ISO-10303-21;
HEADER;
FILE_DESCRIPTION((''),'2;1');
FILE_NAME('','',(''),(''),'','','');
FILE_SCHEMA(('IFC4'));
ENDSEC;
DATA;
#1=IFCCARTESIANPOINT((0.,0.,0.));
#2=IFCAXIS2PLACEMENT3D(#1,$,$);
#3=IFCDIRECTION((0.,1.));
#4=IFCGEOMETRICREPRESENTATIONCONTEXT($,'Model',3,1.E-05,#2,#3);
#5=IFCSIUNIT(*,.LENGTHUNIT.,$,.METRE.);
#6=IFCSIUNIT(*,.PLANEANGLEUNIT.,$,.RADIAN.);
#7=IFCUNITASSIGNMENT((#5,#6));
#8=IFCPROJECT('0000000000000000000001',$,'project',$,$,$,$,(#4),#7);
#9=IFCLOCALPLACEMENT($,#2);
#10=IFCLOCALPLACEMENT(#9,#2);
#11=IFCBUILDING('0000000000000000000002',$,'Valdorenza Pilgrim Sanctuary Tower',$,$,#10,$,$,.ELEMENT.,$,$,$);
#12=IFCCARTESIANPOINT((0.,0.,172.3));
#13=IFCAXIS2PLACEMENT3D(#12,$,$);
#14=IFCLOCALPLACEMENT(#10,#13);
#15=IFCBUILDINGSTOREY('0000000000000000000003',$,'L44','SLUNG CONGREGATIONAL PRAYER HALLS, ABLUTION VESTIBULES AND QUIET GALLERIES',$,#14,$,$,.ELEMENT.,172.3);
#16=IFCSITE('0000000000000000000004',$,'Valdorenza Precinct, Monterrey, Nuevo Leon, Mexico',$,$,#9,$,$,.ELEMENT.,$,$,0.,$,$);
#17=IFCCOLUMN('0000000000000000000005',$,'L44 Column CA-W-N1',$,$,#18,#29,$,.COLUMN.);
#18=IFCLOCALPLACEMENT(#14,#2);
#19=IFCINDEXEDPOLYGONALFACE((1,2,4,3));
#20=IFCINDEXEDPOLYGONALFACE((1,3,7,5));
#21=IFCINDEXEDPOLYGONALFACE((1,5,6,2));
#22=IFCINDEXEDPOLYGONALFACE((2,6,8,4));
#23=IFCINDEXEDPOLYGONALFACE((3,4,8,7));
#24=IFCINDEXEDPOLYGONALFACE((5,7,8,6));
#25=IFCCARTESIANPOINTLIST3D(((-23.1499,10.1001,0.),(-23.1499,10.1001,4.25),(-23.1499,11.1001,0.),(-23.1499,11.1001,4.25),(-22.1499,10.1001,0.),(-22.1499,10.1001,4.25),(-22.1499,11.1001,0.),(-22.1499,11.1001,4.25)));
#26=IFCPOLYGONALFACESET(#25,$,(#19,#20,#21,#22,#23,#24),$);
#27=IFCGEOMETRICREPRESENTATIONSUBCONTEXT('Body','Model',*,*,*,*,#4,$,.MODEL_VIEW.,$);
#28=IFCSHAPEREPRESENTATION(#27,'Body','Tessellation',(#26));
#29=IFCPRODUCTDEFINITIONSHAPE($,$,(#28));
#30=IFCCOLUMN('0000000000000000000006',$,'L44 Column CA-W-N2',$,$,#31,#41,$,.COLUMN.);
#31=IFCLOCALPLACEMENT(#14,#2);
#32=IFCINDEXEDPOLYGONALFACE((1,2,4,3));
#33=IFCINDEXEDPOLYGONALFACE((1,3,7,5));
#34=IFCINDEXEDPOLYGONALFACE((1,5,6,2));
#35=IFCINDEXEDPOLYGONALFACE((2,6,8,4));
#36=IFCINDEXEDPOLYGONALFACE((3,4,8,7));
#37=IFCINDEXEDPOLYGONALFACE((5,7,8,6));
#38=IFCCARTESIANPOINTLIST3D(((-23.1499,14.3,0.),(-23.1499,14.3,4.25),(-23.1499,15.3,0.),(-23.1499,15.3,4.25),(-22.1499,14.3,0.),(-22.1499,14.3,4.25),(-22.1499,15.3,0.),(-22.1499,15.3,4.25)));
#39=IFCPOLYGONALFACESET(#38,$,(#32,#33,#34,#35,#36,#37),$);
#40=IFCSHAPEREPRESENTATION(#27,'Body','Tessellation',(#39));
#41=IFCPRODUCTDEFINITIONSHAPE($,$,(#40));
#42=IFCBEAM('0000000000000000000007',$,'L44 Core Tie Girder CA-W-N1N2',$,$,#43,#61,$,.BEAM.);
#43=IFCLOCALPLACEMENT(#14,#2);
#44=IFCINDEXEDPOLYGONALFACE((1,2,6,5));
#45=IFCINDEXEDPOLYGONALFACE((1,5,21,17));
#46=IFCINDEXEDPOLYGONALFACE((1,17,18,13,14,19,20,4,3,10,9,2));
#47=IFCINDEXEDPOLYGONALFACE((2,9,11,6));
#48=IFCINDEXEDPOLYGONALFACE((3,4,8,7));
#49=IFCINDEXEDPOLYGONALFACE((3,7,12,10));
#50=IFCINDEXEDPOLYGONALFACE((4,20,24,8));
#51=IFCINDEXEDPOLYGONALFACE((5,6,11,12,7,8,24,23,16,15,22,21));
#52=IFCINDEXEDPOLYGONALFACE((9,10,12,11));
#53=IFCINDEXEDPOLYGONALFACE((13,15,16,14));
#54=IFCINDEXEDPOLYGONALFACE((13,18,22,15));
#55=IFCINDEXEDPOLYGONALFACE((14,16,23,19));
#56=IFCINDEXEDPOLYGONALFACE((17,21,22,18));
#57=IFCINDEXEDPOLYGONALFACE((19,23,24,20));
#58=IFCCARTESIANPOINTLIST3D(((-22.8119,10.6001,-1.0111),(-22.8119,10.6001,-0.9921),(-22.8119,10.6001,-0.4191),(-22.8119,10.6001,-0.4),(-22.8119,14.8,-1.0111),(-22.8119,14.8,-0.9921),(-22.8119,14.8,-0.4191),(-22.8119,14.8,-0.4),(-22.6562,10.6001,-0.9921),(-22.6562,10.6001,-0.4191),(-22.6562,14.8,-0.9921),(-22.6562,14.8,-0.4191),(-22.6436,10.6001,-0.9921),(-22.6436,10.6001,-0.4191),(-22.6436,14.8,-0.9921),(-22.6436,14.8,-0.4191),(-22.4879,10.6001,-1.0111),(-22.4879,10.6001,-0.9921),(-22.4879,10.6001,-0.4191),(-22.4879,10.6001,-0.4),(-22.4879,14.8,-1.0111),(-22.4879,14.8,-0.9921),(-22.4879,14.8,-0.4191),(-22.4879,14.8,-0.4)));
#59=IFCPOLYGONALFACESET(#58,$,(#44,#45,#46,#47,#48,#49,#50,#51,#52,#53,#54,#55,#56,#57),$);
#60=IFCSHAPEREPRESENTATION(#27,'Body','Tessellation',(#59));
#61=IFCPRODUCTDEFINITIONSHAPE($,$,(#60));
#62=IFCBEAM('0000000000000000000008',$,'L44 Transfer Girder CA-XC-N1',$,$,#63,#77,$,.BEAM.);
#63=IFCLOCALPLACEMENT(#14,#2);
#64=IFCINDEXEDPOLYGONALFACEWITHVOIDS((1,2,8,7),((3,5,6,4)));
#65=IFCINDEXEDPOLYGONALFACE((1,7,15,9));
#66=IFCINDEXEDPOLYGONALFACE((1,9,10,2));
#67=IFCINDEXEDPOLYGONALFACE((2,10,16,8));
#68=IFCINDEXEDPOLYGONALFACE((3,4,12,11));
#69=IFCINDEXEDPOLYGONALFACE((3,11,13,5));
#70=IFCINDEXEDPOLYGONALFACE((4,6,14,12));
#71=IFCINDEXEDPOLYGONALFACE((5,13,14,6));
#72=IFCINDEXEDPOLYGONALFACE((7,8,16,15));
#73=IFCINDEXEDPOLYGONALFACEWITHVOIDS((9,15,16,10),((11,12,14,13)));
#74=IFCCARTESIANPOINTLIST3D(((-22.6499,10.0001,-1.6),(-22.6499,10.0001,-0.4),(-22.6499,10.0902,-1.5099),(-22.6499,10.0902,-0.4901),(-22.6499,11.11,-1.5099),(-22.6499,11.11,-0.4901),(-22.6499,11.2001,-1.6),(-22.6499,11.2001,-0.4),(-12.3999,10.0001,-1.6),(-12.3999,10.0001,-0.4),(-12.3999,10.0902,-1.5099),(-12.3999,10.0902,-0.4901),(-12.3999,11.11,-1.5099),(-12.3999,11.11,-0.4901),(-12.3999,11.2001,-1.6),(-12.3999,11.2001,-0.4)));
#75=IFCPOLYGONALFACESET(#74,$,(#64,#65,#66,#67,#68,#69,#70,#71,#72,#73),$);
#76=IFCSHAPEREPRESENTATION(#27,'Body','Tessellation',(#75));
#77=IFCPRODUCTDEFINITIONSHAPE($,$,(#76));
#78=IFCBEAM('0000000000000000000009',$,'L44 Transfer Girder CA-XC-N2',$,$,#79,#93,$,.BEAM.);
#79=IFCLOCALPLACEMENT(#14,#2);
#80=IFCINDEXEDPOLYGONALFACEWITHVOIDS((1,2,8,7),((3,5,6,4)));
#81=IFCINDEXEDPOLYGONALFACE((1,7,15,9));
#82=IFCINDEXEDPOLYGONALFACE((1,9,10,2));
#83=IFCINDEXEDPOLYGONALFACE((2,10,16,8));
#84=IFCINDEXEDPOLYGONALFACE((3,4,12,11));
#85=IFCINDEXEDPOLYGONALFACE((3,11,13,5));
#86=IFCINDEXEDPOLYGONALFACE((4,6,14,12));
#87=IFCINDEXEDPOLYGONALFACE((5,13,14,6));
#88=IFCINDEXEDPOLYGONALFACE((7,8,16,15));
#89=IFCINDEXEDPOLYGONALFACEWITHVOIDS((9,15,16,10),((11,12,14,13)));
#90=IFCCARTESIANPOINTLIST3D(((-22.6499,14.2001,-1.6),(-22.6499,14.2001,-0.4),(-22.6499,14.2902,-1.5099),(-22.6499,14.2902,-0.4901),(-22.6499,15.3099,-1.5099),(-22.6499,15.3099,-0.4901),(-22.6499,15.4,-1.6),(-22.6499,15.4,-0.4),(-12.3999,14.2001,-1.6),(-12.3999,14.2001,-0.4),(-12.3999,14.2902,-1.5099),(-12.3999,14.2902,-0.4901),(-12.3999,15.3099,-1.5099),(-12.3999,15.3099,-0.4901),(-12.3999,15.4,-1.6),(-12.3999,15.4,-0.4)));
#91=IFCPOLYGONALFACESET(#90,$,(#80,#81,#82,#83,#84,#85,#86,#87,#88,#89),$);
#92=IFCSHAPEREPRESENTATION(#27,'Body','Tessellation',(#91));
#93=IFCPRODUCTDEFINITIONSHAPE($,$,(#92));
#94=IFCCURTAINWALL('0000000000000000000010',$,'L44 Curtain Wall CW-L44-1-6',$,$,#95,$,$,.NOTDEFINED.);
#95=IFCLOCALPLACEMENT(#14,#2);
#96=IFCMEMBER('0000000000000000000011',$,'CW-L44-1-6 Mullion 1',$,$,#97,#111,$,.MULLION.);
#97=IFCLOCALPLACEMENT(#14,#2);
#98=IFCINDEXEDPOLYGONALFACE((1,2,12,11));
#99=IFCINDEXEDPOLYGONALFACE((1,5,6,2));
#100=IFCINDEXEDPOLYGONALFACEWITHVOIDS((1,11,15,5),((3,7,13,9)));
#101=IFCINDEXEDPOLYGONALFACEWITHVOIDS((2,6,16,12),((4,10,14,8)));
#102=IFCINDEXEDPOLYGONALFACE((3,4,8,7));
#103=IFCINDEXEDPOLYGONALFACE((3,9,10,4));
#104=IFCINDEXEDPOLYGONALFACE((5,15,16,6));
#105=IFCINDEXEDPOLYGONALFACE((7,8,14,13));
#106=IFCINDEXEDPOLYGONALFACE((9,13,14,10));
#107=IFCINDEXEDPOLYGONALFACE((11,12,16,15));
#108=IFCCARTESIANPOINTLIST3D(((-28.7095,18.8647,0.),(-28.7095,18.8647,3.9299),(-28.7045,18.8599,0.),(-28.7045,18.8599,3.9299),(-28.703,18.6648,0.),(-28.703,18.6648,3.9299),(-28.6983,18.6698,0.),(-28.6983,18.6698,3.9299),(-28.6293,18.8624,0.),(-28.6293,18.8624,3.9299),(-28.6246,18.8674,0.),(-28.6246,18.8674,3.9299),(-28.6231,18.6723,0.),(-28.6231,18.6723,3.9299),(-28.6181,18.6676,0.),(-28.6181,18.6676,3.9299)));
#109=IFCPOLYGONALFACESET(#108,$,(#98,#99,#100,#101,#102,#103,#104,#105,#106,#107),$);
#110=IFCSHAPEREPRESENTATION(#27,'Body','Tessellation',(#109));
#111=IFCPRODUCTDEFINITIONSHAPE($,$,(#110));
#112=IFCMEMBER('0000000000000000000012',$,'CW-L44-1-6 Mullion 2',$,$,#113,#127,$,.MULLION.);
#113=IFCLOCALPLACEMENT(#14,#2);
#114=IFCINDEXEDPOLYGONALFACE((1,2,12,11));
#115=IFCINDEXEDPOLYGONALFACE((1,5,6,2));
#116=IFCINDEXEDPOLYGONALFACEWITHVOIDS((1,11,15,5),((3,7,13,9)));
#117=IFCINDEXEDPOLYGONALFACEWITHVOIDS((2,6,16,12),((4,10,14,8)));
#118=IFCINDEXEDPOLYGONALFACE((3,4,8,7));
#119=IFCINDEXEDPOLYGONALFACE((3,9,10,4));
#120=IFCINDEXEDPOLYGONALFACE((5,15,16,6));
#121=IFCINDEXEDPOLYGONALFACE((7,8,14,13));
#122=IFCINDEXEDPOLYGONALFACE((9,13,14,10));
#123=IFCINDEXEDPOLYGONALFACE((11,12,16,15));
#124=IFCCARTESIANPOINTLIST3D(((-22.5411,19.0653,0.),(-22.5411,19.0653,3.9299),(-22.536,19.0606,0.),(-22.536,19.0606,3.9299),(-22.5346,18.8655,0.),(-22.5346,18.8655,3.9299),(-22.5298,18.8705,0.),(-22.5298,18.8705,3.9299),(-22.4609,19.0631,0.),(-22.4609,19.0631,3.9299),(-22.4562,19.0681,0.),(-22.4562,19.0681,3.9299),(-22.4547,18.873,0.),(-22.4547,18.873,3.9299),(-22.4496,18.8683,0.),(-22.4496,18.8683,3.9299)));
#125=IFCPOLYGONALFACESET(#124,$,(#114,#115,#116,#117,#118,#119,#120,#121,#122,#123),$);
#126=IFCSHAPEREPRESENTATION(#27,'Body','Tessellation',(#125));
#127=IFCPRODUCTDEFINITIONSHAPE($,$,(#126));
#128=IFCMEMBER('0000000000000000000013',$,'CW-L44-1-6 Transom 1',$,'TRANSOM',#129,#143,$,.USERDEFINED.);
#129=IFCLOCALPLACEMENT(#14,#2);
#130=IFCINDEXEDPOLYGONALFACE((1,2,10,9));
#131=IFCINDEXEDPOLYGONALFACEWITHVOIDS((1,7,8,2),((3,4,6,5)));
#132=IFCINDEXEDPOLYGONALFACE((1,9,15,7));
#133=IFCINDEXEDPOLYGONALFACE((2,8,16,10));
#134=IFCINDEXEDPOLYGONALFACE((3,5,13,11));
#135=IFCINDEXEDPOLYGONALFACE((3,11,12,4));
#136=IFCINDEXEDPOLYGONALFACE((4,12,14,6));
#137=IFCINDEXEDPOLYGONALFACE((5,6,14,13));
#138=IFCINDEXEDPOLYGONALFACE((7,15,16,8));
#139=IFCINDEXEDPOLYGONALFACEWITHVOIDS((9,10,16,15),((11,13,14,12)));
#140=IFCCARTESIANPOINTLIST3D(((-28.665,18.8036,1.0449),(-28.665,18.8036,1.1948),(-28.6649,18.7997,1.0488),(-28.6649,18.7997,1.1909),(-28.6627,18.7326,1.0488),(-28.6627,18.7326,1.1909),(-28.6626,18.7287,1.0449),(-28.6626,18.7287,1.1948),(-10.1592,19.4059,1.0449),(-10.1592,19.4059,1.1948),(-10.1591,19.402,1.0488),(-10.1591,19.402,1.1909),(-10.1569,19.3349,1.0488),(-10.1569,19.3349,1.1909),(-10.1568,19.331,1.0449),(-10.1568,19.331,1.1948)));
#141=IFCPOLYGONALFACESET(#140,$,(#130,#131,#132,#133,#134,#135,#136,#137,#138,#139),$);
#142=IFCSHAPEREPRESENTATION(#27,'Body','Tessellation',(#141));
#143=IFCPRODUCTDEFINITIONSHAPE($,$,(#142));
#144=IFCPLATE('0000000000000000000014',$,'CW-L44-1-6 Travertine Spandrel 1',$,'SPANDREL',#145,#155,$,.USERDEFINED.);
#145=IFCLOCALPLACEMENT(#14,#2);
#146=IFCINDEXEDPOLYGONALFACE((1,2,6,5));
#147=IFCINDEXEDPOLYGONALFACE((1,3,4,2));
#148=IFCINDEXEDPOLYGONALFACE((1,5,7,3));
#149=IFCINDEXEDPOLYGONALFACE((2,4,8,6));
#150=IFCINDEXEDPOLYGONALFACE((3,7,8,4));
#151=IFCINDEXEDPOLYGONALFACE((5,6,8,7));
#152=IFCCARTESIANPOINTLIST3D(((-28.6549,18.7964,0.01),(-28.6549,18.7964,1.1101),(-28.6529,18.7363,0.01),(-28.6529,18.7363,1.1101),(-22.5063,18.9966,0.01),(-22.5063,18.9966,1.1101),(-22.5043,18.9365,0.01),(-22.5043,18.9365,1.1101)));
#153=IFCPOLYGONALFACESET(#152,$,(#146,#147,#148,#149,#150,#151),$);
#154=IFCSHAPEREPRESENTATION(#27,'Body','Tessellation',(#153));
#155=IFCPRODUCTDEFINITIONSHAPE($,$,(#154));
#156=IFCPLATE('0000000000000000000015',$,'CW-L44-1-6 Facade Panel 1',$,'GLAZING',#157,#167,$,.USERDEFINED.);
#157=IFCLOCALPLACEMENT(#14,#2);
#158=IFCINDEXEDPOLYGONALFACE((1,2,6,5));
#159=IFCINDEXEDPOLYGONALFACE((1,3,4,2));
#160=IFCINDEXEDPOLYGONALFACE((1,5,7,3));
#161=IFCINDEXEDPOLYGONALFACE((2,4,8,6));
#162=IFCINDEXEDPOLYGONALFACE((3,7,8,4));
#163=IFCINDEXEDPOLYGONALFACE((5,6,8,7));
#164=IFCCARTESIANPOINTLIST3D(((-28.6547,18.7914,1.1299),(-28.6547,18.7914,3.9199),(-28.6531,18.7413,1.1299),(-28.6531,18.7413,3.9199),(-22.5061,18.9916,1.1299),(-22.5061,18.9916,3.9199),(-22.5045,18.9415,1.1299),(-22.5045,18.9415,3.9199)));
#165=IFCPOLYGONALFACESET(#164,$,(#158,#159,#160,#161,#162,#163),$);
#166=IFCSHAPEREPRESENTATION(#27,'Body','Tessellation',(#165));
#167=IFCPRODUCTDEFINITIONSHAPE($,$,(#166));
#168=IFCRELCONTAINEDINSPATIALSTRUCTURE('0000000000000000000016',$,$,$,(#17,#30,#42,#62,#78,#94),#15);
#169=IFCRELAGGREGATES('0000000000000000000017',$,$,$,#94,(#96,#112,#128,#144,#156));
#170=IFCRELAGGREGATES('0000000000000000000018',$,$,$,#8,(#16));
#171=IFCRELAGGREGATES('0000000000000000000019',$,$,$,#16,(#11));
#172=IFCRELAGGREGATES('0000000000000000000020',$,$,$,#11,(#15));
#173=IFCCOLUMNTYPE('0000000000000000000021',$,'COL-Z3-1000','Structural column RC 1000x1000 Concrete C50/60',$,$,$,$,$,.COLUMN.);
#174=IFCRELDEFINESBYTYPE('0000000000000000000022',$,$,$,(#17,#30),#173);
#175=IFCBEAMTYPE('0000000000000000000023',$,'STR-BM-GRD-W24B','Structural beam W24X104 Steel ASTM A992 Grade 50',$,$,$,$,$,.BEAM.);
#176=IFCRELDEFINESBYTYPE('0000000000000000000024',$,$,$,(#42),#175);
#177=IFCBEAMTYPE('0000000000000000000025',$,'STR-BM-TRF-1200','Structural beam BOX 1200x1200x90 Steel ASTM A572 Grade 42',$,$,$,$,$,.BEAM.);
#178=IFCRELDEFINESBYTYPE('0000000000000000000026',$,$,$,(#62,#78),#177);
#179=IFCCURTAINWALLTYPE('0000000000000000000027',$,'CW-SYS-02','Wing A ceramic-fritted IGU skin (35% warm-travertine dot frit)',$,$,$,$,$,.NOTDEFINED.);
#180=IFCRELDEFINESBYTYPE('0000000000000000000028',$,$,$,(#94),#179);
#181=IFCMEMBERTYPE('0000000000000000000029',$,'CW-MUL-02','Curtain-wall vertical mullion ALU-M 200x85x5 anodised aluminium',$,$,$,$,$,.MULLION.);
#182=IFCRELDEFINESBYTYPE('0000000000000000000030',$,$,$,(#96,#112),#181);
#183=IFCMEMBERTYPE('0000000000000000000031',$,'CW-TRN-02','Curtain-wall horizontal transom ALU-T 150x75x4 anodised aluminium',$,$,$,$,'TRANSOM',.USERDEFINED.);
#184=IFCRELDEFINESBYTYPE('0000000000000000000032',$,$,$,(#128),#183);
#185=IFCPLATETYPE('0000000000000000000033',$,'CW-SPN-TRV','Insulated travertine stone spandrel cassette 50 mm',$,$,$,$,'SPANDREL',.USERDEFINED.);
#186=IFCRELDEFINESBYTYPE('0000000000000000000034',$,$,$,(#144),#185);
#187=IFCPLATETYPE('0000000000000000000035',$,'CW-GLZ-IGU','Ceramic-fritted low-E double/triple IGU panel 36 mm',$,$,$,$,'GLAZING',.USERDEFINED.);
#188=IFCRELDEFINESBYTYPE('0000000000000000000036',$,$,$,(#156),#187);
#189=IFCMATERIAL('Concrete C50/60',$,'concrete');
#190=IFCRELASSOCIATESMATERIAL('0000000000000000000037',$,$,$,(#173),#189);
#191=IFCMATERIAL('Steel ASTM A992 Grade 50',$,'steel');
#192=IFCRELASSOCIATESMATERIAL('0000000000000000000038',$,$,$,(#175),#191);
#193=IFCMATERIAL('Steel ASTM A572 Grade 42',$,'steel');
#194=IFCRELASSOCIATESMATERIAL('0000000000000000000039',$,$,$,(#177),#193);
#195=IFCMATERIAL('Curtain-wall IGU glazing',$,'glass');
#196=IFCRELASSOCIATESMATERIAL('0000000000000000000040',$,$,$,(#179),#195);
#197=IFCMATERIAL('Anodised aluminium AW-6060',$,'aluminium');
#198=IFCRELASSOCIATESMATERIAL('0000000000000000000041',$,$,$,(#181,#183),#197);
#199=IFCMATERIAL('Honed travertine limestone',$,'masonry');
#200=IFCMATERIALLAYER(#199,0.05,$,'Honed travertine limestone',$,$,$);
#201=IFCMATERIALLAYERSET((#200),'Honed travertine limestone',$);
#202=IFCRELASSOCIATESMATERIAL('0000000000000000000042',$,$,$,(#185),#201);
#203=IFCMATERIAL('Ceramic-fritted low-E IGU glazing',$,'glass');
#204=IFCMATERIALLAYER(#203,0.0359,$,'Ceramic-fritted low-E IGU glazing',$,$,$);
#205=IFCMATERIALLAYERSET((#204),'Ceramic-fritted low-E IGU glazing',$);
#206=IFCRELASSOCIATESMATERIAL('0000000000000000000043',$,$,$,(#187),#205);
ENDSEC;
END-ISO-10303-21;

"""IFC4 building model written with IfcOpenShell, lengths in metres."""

from ifc_helpers import new_model, si_unit, direction, frame, origin, origin_2d, place, context, subcontext, project, spatial, rectangle, hollow_rectangle, i_section, extrude, source, transform, mapped, material, layer, layer_set, material_profile, profile_set, type_object, element, aggregate, save


model = new_model("IFC4")

# Units and contexts
model_context = context("Model", 3, precision=1e-05, world=origin(), true_north=direction((0.0, 1.0)))
body_context = subcontext(model_context, "Body", "Model", "MODEL_VIEW")
ifc_project = project(units=[si_unit("LENGTHUNIT", "METRE"), si_unit("PLANEANGLEUNIT", "RADIAN")], contexts=[model_context])

# Site, building, storey
site_placement = place(None, origin())
site = spatial("IfcSite", under=ifc_project, at=site_placement, Name="Valdorenza Precinct, Monterrey, Nuevo Leon, Mexico", CompositionType="ELEMENT", RefElevation=0.0)
building_placement = place(site_placement, origin())
building = spatial("IfcBuilding", under=site, at=building_placement, Name="Valdorenza Pilgrim Sanctuary Tower", CompositionType="ELEMENT")
storey_placement = place(building_placement, frame((0.0, 0.0, 172.3)))
storey = spatial("IfcBuildingStorey", under=building, at=storey_placement, Name="L44", Description="SLUNG CONGREGATIONAL PRAYER HALLS, ABLUTION VESTIBULES AND QUIET GALLERIES", CompositionType="ELEMENT", Elevation=172.3)

# Columns
ifc_material_1 = material(Name="Concrete C50/60", Category="concrete")
ifc_material_profile_1 = material_profile(ifc_material_1, rectangle(XDim=1.0, YDim=1.0, at=origin_2d()), Name="RC 1000x1000")
ifc_profile_set_1 = profile_set([ifc_material_profile_1], Name="Concrete C50/60")
column_type = type_object("IfcColumnType", Name="COL-Z3-1000", Description="Structural column RC 1000x1000 Concrete C50/60", PredefinedType="COLUMN", material=ifc_profile_set_1)
shared_shape_1 = source(origin(), body_context, "Body", "SweptSolid", [
    extrude(rectangle(XDim=1.0, YDim=1.0, at=origin_2d()), origin(), (0.0, 0.0, 1.0), 4.25),
])
for number, where, z_axis, x_axis, name in (
    (1, (-22.6499, 10.6001, 0.0), (0.0, 0.0, 1.0), (1.0, 0.0, 0.0), "L44 Column CA-W-N1"),
    (2, (-22.6499, 14.8, 0.0), (0.0, 0.0, 1.0), (1.0, 0.0, 0.0), "L44 Column CA-W-N2"),
):
    element("IfcColumn", number, at=place(storey_placement, frame(where, z_axis=z_axis, x_axis=x_axis)), inside=storey, type_object=column_type, Name=name, PredefinedType="COLUMN", context=body_context, shape_type="MappedRepresentation", body=[
        mapped(shared_shape_1, transform((0.0, 0.0, 0.0), x_axis=(1.0, 0.0, 0.0), y_axis=(0.0, 1.0, 0.0), z_axis=(0.0, 0.0, 1.0), scale=1.0)),
    ])

# Beams
ifc_material_2 = material(Name="Steel ASTM A992 Grade 50", Category="steel")
ifc_material_profile_2 = material_profile(ifc_material_2, i_section(OverallWidth=0.324, OverallDepth=0.6111, WebThickness=0.0127, FlangeThickness=0.019, at=origin_2d()), Name="W24X104")
ifc_profile_set_2 = profile_set([ifc_material_profile_2], Name="Steel ASTM A992 Grade 50")
beam_type_1 = type_object("IfcBeamType", Name="STR-BM-GRD-W24B", Description="Structural beam W24X104 Steel ASTM A992 Grade 50", PredefinedType="BEAM", material=ifc_profile_set_2)
shared_shape_2 = source(origin(), body_context, "Body", "SweptSolid", [
    extrude(i_section(OverallWidth=0.324, OverallDepth=0.6111, WebThickness=0.0127, FlangeThickness=0.019, at=origin_2d()), origin(), (0.0, 0.0, 1.0), 4.2),
])
beam_placement = place(storey_placement, frame((-22.6499, 10.6001, -0.7056), z_axis=(0.0, 1.0, 0.0), x_axis=(-1.0, 0.0, 0.0)))
element("IfcBeam", 3, at=beam_placement, inside=storey, type_object=beam_type_1, Name="L44 Core Tie Girder CA-W-N1N2", PredefinedType="BEAM", context=body_context, shape_type="MappedRepresentation", body=[
    mapped(shared_shape_2, transform((0.0, 0.0, 0.0), x_axis=(1.0, 0.0, 0.0), y_axis=(0.0, 1.0, 0.0), z_axis=(0.0, 0.0, 1.0), scale=1.0)),
])
ifc_material_3 = material(Name="Steel ASTM A572 Grade 42", Category="steel")
ifc_material_profile_3 = material_profile(ifc_material_3, hollow_rectangle(XDim=1.2, YDim=1.2, WallThickness=0.0901, at=origin_2d()), Name="BOX 1200x1200x90")
ifc_profile_set_3 = profile_set([ifc_material_profile_3], Name="Steel ASTM A572 Grade 42")
beam_type_2 = type_object("IfcBeamType", Name="STR-BM-TRF-1200", Description="Structural beam BOX 1200x1200x90 Steel ASTM A572 Grade 42", PredefinedType="BEAM", material=ifc_profile_set_3)
shared_shape_3 = source(origin(), body_context, "Body", "SweptSolid", [
    extrude(hollow_rectangle(XDim=1.2, YDim=1.2, WallThickness=0.0901, at=origin_2d()), origin(), (0.0, 0.0, 1.0), 10.25),
])
for number, where, z_axis, x_axis, name in (
    (4, (-22.6499, 10.6001, -1.0), (1.0, 0.0, 0.0), (0.0, 1.0, 0.0), "L44 Transfer Girder CA-XC-N1"),
    (5, (-22.6499, 14.8, -1.0), (1.0, 0.0, 0.0), (0.0, 1.0, 0.0), "L44 Transfer Girder CA-XC-N2"),
):
    element("IfcBeam", number, at=place(storey_placement, frame(where, z_axis=z_axis, x_axis=x_axis)), inside=storey, type_object=beam_type_2, Name=name, PredefinedType="BEAM", context=body_context, shape_type="MappedRepresentation", body=[
        mapped(shared_shape_3, transform((0.0, 0.0, 0.0), x_axis=(1.0, 0.0, 0.0), y_axis=(0.0, 1.0, 0.0), z_axis=(0.0, 0.0, 1.0), scale=1.0)),
    ])

# Curtain wall, members, plates
ifc_material_4 = material(Name="Curtain-wall IGU glazing", Category="glass")
curtain_wall_type = type_object("IfcCurtainWallType", Name="CW-SYS-02", Description="Wing A ceramic-fritted IGU skin (35% warm-travertine dot frit)", PredefinedType="NOTDEFINED", material=ifc_material_4)
curtain_wall_placement = place(storey_placement, origin())
curtain_wall = element("IfcCurtainWall", 6, at=curtain_wall_placement, inside=storey, type_object=curtain_wall_type, Name="L44 Curtain Wall CW-L44-1-6", PredefinedType="NOTDEFINED")
ifc_material_5 = material(Name="Anodised aluminium AW-6060", Category="aluminium")
ifc_material_profile_4 = material_profile(ifc_material_5, hollow_rectangle(XDim=0.085, YDim=0.2, WallThickness=0.0049, at=origin_2d()), Name="ALU-M 200x85x5")
ifc_profile_set_4 = profile_set([ifc_material_profile_4], Name="Anodised aluminium AW-6060")
member_type_1 = type_object("IfcMemberType", Name="CW-MUL-02", Description="Curtain-wall vertical mullion ALU-M 200x85x5 anodised aluminium", PredefinedType="MULLION", material=ifc_profile_set_4)
shared_shape_4 = source(origin(), body_context, "Body", "SweptSolid", [
    extrude(hollow_rectangle(XDim=0.085, YDim=0.2, WallThickness=0.0049, at=origin_2d()), origin(), (0.0, 0.0, 1.0), 3.9299),
])
member_1_placement = place(storey_placement, frame((-28.6638, 18.7661, 0.0), z_axis=(0.0, 0.0, 1.0), x_axis=(0.99947, 0.032545, 0.0)))
member_1 = element("IfcMember", 7, at=member_1_placement, type_object=member_type_1, Name="CW-L44-1-6 Mullion 1", PredefinedType="MULLION", context=body_context, shape_type="MappedRepresentation", body=[
    mapped(shared_shape_4, transform((0.0, 0.0, 0.0), x_axis=(1.0, 0.0, 0.0), y_axis=(0.0, 1.0, 0.0), z_axis=(0.0, 0.0, 1.0), scale=1.0)),
])
member_2_placement = place(storey_placement, frame((-22.4954, 18.9668, 0.0), z_axis=(0.0, 0.0, 1.0), x_axis=(0.99947, 0.032545, 0.0)))
member_2 = element("IfcMember", 8, at=member_2_placement, type_object=member_type_1, Name="CW-L44-1-6 Mullion 2", PredefinedType="MULLION", context=body_context, shape_type="MappedRepresentation", body=[
    mapped(shared_shape_4, transform((0.0, 0.0, 0.0), x_axis=(1.0, 0.0, 0.0), y_axis=(0.0, 1.0, 0.0), z_axis=(0.0, 0.0, 1.0), scale=1.0)),
])
ifc_material_profile_5 = material_profile(ifc_material_5, hollow_rectangle(XDim=0.075, YDim=0.1499, WallThickness=0.0039, at=origin_2d()), Name="ALU-T 150x75x4")
ifc_profile_set_5 = profile_set([ifc_material_profile_5], Name="Anodised aluminium AW-6060")
member_type_2 = type_object("IfcMemberType", Name="CW-TRN-02", Description="Curtain-wall horizontal transom ALU-T 150x75x4 anodised aluminium", ElementType="TRANSOM", PredefinedType="USERDEFINED", material=ifc_profile_set_5)
shared_shape_5 = source(origin(), body_context, "Body", "SweptSolid", [
    extrude(hollow_rectangle(XDim=0.075, YDim=0.1499, WallThickness=0.0039, at=origin_2d()), origin(), (0.0, 0.0, 1.0), 18.5156),
])
member_3_placement = place(storey_placement, frame((-28.6638, 18.7661, 1.1199), z_axis=(0.999471, 0.032529, 0.0), x_axis=(-0.032529, 0.999471, 0.0)))
member_3 = element("IfcMember", 9, at=member_3_placement, type_object=member_type_2, Name="CW-L44-1-6 Transom 1", ObjectType="TRANSOM", PredefinedType="USERDEFINED", context=body_context, shape_type="MappedRepresentation", body=[
    mapped(shared_shape_5, transform((0.0, 0.0, 0.0), x_axis=(1.0, 0.0, 0.0), y_axis=(0.0, 1.0, 0.0), z_axis=(0.0, 0.0, 1.0), scale=1.0)),
])
ifc_material_6 = material(Name="Honed travertine limestone", Category="masonry")
ifc_layer_1 = layer(ifc_material_6, 0.05, Name="Honed travertine limestone")
ifc_layer_set_1 = layer_set([ifc_layer_1], Name="Honed travertine limestone")
plate_type_1 = type_object("IfcPlateType", Name="CW-SPN-TRV", Description="Insulated travertine stone spandrel cassette 50 mm", ElementType="SPANDREL", PredefinedType="USERDEFINED", material=ifc_layer_set_1)
shared_shape_6 = source(origin(), body_context, "Body", "SweptSolid", [
    extrude(rectangle(XDim=6.1519, YDim=0.0601, at=origin_2d()), origin(), (0.0, 0.0, 1.0), 1.1001),
])
plate_1_placement = place(storey_placement, frame((-25.5796, 18.8665, 0.01), z_axis=(0.0, 0.0, 1.0), x_axis=(0.99947, 0.032545, 0.0)))
plate_1 = element("IfcPlate", 10, at=plate_1_placement, type_object=plate_type_1, Name="CW-L44-1-6 Travertine Spandrel 1", ObjectType="SPANDREL", PredefinedType="USERDEFINED", context=body_context, shape_type="MappedRepresentation", body=[
    mapped(shared_shape_6, transform((0.0, 0.0, 0.0), x_axis=(1.0, 0.0, 0.0), y_axis=(0.0, 1.0, 0.0), z_axis=(0.0, 0.0, 1.0), scale=1.0)),
])
ifc_material_7 = material(Name="Ceramic-fritted low-E IGU glazing", Category="glass")
ifc_layer_2 = layer(ifc_material_7, 0.0359, Name="Ceramic-fritted low-E IGU glazing")
ifc_layer_set_2 = layer_set([ifc_layer_2], Name="Ceramic-fritted low-E IGU glazing")
plate_type_2 = type_object("IfcPlateType", Name="CW-GLZ-IGU", Description="Ceramic-fritted low-E double/triple IGU panel 36 mm", ElementType="GLAZING", PredefinedType="USERDEFINED", material=ifc_layer_set_2)
shared_shape_7 = source(origin(), body_context, "Body", "SweptSolid", [
    extrude(rectangle(XDim=6.1519, YDim=0.05, at=origin_2d()), origin(), (0.0, 0.0, 1.0), 2.79),
])
plate_2_placement = place(storey_placement, frame((-25.5796, 18.8665, 1.1299), z_axis=(0.0, 0.0, 1.0), x_axis=(0.99947, 0.032545, 0.0)))
plate_2 = element("IfcPlate", 11, at=plate_2_placement, type_object=plate_type_2, Name="CW-L44-1-6 Facade Panel 1", ObjectType="GLAZING", PredefinedType="USERDEFINED", context=body_context, shape_type="MappedRepresentation", body=[
    mapped(shared_shape_7, transform((0.0, 0.0, 0.0), x_axis=(1.0, 0.0, 0.0), y_axis=(0.0, 1.0, 0.0), z_axis=(0.0, 0.0, 1.0), scale=1.0)),
])
aggregate(curtain_wall, [member_1, member_2, member_3, plate_1, plate_2])

save(model, "model.ifc")
